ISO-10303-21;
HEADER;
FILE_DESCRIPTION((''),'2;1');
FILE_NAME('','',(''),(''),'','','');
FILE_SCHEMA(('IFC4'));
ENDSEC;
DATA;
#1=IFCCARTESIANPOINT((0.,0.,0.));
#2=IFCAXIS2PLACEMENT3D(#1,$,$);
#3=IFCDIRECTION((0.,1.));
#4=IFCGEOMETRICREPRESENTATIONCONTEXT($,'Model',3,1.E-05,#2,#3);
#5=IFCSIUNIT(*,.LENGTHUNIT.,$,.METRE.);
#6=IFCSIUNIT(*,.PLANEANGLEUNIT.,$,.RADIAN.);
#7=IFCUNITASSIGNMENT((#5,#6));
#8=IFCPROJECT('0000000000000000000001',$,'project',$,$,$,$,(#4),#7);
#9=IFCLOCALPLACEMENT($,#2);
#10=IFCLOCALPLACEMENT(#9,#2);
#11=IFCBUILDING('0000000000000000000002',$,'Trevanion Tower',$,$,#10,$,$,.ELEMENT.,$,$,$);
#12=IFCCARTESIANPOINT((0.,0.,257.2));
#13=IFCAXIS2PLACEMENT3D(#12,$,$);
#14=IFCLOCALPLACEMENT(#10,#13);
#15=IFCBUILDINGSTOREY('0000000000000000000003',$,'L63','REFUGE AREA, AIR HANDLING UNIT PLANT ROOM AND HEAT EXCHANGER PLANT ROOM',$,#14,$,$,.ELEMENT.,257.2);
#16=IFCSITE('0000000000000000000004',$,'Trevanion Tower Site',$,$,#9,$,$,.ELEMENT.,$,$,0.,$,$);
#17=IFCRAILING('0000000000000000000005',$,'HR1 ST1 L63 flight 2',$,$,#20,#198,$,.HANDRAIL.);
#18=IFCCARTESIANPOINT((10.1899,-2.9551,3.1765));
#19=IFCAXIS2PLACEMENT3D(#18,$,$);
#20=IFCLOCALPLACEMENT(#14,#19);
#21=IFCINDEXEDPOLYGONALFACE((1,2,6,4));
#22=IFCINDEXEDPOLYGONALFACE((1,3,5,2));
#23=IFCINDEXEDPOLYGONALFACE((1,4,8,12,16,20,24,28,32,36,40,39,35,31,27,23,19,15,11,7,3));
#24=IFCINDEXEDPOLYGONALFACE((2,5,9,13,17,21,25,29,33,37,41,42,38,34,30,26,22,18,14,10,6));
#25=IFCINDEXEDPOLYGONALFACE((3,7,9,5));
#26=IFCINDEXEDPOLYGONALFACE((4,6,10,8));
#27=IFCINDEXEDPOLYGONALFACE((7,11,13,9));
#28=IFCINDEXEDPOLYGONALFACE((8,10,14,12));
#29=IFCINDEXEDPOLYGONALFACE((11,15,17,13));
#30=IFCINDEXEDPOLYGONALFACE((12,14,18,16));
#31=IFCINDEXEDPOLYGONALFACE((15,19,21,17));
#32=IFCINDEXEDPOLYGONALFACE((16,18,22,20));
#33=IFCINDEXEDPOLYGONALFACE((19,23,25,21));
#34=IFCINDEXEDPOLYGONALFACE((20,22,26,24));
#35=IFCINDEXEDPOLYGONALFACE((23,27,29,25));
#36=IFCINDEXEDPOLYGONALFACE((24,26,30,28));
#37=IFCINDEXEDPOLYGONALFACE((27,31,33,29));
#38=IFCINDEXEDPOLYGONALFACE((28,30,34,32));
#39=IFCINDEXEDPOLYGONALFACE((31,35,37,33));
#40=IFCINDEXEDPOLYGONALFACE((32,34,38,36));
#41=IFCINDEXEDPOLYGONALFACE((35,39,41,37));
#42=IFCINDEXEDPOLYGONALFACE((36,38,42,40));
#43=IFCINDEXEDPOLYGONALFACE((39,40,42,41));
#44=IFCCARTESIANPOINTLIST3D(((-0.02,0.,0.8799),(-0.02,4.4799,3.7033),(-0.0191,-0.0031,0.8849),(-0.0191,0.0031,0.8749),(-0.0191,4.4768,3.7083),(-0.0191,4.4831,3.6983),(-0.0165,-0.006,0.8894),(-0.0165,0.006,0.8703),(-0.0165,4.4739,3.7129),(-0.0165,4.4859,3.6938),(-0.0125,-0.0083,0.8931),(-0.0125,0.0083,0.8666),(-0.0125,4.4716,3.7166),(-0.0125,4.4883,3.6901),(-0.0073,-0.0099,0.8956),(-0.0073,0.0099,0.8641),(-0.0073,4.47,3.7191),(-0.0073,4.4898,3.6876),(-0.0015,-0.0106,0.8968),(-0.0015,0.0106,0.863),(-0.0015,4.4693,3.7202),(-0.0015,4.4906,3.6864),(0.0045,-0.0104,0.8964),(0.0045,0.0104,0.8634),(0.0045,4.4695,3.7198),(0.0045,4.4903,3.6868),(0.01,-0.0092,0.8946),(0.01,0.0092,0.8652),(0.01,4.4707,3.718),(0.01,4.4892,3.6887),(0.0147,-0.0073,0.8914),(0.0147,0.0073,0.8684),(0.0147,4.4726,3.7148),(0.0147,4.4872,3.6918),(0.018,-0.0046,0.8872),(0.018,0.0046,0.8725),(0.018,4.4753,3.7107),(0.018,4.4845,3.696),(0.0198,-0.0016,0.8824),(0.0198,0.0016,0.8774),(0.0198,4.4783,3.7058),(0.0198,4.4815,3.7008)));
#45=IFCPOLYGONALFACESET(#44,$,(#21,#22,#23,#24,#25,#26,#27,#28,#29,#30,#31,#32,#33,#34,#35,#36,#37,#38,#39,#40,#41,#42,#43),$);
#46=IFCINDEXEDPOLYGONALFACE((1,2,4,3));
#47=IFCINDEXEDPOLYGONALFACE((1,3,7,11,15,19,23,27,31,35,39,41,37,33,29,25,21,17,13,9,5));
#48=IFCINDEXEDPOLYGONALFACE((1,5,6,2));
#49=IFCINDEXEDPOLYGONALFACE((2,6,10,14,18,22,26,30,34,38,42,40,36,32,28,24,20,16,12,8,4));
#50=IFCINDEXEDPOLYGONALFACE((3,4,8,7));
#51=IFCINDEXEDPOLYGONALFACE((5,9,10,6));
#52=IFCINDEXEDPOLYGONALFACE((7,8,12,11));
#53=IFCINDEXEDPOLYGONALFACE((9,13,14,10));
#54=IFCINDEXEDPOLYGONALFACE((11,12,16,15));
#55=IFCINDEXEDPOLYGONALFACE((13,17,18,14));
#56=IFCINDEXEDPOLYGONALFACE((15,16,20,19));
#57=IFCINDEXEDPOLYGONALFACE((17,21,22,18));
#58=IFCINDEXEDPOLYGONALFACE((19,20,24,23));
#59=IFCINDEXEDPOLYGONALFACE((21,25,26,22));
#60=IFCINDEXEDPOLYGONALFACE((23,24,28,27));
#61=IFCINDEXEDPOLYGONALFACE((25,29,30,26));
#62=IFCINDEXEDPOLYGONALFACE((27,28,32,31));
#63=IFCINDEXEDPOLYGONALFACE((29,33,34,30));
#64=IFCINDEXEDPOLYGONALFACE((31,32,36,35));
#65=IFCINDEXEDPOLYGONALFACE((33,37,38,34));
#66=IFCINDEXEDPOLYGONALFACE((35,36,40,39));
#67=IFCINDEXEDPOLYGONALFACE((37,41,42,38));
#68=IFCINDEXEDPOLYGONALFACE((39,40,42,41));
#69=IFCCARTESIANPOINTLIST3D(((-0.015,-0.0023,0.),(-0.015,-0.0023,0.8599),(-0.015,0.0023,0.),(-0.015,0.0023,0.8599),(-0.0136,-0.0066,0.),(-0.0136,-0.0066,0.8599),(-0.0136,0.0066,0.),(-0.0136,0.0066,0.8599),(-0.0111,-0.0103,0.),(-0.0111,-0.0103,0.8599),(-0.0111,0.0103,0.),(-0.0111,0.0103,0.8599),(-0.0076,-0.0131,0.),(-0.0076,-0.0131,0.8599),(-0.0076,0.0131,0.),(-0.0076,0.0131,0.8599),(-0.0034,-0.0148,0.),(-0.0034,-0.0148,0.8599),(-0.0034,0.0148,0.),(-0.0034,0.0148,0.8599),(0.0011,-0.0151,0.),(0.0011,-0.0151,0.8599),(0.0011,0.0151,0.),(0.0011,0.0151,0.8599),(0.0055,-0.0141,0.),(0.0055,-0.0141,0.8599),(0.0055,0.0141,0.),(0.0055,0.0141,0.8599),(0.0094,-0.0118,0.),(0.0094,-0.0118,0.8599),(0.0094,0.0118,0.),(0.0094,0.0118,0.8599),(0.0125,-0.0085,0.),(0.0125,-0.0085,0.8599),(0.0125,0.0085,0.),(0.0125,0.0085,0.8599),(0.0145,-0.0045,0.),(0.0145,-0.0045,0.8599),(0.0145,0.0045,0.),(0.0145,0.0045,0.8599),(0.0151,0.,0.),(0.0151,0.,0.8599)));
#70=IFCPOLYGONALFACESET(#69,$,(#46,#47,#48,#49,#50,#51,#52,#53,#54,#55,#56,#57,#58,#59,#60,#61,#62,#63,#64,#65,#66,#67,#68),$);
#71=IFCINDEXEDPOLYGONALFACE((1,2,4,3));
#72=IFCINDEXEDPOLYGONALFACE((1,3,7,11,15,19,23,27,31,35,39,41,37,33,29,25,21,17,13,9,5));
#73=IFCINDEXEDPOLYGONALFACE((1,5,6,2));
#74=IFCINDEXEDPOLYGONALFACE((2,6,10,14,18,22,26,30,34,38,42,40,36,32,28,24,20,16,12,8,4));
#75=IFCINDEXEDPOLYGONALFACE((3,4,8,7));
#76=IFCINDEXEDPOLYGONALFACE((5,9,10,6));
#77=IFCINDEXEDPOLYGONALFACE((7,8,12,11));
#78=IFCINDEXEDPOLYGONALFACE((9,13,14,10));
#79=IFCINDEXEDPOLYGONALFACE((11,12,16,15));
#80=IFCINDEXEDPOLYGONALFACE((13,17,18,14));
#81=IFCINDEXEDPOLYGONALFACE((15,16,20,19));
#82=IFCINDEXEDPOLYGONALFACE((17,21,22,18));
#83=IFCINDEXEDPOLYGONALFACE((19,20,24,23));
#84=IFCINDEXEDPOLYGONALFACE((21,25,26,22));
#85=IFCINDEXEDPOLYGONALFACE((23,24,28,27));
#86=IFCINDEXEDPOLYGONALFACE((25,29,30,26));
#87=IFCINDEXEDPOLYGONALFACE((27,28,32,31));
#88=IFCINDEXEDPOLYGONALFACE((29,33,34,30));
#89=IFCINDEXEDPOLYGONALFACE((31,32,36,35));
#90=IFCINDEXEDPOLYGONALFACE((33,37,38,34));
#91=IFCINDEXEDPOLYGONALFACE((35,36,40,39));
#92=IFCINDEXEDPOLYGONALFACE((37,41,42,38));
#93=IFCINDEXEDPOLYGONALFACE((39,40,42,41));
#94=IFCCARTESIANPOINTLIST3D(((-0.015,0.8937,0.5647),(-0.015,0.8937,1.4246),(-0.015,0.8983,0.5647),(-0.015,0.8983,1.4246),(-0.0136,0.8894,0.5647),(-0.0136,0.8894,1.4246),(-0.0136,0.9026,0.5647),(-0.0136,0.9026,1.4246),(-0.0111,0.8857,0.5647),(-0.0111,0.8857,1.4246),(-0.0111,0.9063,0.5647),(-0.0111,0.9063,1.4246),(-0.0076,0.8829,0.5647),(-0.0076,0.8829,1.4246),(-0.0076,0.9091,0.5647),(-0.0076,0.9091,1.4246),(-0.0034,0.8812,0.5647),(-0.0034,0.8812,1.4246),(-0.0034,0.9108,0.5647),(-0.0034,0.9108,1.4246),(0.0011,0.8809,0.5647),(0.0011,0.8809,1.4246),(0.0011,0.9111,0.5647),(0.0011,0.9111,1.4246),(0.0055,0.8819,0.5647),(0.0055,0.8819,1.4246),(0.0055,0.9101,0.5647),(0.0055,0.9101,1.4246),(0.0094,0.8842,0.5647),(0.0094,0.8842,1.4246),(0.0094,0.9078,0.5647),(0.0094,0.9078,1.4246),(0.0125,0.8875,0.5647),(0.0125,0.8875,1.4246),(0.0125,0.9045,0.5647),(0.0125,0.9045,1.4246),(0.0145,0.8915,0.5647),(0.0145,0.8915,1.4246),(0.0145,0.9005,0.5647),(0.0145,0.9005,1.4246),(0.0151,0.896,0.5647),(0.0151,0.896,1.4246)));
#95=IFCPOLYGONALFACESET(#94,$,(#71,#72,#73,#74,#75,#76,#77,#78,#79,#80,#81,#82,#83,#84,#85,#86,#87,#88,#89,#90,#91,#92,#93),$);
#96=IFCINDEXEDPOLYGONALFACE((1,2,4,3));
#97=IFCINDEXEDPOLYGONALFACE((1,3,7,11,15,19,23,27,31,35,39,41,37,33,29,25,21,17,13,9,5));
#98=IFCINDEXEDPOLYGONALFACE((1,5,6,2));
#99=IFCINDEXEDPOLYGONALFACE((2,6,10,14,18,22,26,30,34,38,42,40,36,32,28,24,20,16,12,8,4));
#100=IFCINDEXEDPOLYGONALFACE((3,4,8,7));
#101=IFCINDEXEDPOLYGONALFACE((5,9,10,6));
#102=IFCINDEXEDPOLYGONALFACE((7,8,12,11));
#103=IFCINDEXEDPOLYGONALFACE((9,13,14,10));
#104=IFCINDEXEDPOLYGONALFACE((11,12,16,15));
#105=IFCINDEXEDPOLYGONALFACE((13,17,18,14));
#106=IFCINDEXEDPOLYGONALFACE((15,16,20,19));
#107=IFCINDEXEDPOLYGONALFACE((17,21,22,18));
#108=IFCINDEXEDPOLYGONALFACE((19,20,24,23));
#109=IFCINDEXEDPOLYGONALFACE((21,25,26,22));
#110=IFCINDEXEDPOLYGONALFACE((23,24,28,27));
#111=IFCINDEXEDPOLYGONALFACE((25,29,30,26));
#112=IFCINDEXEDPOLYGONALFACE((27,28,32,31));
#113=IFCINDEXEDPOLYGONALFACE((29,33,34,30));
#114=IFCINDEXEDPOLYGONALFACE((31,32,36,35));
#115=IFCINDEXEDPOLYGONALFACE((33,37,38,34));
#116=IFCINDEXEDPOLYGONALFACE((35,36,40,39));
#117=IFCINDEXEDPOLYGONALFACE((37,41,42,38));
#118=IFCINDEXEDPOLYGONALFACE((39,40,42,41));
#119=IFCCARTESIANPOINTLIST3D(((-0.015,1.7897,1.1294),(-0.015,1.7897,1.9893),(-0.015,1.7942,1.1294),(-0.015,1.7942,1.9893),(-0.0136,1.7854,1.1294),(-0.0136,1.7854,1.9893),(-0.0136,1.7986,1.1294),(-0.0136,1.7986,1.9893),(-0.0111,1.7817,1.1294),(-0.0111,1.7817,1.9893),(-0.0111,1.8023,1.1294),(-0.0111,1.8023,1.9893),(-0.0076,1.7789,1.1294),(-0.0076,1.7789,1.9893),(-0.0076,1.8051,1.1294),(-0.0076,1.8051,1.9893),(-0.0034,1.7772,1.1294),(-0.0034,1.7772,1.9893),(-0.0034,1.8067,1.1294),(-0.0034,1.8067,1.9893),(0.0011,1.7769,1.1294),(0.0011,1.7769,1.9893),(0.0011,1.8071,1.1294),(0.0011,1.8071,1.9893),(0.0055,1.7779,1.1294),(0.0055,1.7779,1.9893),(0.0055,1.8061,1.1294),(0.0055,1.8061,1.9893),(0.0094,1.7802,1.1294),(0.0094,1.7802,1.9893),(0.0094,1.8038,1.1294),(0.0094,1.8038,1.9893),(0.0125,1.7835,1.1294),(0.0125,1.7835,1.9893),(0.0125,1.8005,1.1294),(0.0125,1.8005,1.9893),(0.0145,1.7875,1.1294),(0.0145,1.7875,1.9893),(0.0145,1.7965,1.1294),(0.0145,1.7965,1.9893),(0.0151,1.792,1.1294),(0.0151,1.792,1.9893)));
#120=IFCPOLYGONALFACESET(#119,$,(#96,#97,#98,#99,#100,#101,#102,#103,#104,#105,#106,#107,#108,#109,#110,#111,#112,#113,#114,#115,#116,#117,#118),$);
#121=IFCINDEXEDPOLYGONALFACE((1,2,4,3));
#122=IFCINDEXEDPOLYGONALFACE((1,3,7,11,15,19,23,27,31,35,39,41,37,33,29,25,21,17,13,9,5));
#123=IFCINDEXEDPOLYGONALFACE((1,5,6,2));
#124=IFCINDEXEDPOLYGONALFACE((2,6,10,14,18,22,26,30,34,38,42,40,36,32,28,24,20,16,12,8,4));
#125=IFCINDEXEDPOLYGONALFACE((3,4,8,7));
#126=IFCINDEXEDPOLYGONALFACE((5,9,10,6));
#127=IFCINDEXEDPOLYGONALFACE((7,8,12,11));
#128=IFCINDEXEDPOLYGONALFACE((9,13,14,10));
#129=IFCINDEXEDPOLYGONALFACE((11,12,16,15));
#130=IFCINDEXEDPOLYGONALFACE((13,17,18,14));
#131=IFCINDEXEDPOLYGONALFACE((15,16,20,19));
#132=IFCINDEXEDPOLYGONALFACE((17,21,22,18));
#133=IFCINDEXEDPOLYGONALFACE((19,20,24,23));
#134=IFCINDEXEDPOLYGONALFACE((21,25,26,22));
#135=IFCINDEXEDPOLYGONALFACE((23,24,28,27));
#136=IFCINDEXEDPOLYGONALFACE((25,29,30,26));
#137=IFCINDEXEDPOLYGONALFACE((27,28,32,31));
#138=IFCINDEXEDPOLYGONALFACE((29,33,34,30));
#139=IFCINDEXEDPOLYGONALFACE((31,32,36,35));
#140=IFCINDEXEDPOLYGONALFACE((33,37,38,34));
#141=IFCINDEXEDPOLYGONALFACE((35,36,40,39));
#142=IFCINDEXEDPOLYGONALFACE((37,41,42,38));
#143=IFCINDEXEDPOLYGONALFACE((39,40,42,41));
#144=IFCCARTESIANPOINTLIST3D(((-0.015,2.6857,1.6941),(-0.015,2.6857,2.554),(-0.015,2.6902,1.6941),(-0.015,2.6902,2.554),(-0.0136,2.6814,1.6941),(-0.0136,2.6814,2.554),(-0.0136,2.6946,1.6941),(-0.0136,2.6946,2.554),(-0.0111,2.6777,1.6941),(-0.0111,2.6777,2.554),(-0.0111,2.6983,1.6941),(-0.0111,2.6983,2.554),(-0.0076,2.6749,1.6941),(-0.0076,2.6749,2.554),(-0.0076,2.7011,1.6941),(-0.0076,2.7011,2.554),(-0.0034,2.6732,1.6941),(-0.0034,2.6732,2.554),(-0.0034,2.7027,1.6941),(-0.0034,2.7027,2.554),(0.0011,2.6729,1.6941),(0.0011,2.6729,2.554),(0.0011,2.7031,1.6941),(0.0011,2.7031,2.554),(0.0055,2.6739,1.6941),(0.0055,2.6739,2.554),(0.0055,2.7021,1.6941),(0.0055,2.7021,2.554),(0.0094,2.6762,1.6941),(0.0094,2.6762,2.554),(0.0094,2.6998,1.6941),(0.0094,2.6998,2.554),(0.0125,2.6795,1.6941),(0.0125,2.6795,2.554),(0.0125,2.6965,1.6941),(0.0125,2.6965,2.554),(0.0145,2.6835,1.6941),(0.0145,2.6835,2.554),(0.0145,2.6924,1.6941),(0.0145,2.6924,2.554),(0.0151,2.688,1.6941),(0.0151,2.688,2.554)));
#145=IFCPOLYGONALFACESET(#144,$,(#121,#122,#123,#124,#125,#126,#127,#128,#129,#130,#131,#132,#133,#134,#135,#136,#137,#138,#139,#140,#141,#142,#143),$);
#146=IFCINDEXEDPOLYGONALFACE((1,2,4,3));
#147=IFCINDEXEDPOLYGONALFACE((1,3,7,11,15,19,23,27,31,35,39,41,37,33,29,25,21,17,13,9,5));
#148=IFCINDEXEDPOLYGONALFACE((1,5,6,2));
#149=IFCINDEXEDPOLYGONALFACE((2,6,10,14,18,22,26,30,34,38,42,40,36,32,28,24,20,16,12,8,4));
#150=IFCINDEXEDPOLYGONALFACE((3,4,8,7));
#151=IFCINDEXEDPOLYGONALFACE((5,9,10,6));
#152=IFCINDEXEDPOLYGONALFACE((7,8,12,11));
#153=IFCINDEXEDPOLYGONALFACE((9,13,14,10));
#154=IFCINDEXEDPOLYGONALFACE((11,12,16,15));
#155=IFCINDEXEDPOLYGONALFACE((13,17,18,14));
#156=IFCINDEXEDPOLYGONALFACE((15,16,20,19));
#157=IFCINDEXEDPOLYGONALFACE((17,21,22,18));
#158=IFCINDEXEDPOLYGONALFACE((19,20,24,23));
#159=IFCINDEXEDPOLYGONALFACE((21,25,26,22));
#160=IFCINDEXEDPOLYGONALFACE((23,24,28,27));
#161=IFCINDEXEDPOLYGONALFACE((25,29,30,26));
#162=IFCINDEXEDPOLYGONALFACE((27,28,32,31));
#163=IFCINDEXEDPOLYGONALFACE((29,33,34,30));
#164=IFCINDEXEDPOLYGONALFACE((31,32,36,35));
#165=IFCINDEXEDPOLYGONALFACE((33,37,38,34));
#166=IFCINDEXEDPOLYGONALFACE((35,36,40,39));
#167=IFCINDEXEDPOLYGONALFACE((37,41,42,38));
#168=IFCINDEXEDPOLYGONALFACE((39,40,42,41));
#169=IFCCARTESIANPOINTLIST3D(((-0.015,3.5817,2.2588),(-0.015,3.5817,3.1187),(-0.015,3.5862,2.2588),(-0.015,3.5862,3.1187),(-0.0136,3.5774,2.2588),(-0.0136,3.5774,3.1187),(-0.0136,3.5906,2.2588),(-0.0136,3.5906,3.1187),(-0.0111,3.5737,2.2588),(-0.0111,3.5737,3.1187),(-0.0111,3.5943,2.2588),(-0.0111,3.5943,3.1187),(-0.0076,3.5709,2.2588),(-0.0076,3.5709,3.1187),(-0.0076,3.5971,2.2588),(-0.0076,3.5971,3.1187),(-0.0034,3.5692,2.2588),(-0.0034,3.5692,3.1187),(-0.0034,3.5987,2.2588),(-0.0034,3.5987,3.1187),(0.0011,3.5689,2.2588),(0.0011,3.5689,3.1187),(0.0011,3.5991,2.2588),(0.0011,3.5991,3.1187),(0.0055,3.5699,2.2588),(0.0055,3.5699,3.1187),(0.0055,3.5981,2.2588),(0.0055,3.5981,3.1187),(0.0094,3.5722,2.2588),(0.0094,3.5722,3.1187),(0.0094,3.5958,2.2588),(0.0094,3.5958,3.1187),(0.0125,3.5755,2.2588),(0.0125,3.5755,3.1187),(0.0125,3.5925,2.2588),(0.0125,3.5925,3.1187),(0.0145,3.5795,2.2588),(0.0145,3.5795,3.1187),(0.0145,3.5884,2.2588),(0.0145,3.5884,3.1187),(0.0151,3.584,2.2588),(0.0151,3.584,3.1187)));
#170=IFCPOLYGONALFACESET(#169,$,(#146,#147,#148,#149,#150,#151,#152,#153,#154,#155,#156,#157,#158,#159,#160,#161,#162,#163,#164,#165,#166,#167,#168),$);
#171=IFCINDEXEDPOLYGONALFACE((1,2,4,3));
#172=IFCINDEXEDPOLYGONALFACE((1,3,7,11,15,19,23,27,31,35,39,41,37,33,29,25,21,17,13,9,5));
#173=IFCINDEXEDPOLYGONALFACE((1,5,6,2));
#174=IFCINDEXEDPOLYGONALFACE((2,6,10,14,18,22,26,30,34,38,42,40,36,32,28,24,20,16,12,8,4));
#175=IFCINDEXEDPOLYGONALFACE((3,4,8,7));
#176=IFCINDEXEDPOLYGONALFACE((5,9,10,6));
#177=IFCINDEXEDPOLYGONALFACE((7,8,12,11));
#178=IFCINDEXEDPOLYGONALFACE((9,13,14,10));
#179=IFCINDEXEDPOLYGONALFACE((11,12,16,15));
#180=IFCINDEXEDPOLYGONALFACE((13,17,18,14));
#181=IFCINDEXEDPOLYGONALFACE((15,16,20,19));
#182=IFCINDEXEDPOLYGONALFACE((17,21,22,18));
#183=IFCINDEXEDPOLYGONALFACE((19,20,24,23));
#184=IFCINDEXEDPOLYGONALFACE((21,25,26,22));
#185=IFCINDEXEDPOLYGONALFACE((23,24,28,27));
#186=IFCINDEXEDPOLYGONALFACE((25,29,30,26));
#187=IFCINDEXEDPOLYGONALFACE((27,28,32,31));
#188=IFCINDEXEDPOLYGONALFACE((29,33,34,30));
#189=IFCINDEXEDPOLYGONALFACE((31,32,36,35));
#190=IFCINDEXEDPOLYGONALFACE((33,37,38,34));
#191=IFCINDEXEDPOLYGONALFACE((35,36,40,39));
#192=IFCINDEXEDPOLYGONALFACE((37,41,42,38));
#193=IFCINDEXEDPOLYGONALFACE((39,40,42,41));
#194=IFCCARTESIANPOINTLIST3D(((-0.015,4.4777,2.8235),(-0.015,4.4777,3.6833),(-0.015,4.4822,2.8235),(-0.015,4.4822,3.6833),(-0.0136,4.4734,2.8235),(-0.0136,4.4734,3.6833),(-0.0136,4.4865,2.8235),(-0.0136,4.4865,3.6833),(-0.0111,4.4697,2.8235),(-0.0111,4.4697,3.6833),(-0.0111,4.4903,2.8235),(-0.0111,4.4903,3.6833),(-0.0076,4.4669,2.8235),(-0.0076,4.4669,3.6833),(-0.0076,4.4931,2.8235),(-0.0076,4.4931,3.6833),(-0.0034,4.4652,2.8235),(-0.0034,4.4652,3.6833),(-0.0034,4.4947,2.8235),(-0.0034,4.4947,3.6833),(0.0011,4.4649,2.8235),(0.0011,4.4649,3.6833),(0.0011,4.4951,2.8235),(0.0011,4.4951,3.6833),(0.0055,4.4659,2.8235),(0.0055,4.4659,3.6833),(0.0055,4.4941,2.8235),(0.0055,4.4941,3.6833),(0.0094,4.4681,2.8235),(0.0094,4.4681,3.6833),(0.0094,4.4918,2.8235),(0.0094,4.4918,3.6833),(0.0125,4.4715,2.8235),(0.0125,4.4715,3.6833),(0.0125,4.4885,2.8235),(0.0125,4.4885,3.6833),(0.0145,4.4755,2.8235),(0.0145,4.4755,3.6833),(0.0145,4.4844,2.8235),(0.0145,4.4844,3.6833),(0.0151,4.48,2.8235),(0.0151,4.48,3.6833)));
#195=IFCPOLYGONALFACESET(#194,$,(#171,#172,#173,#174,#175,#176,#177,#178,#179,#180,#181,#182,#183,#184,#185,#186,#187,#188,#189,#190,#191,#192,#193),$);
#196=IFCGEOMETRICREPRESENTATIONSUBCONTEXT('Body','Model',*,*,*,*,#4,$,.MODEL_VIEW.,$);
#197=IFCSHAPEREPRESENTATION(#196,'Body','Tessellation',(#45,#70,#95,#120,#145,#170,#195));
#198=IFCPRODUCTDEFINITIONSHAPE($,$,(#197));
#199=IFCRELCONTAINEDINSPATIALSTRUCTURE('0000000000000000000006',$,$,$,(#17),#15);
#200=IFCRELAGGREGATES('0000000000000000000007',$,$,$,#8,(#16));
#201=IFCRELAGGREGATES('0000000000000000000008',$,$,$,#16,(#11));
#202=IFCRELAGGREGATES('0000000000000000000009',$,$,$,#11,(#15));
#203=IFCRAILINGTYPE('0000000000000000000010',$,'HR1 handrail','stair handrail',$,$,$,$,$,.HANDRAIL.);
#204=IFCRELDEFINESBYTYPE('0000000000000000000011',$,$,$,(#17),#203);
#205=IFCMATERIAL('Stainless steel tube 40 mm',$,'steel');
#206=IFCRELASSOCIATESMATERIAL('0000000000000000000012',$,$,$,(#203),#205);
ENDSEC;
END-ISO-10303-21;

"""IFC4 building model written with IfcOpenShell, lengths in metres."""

from ifc_helpers import new_model, si_unit, direction, frame, origin, origin_2d, place, context, subcontext, project, spatial, circle, extrude, material, type_object, element, save


model = new_model("IFC4")

# Units and contexts
model_context = context("Model", 3, precision=1e-05, world=origin(), true_north=direction((0.0, 1.0)))
body_context = subcontext(model_context, "Body", "Model", "MODEL_VIEW")
ifc_project = project(units=[si_unit("LENGTHUNIT", "METRE"), si_unit("PLANEANGLEUNIT", "RADIAN")], contexts=[model_context])

# Site, building, storey
site_placement = place(None, origin())
site = spatial("IfcSite", under=ifc_project, at=site_placement, Name="Trevanion Tower Site", CompositionType="ELEMENT", RefElevation=0.0)
building_placement = place(site_placement, origin())
building = spatial("IfcBuilding", under=site, at=building_placement, Name="Trevanion Tower", CompositionType="ELEMENT")
storey_placement = place(building_placement, frame((0.0, 0.0, 257.2)))
storey = spatial("IfcBuildingStorey", under=building, at=storey_placement, Name="L63", Description="REFUGE AREA, AIR HANDLING UNIT PLANT ROOM AND HEAT EXCHANGER PLANT ROOM", CompositionType="ELEMENT", Elevation=257.2)

# Railing
ifc_material_1 = material(Name="Stainless steel tube 40 mm", Category="steel")
railing_type = type_object("IfcRailingType", Name="HR1 handrail", Description="stair handrail", PredefinedType="HANDRAIL", material=ifc_material_1)
for number, where, name in (
    (1, (10.1899, -2.9551, 3.1765), "HR1 ST1 L63 flight 2"),
):
    element("IfcRailing", number, at=place(storey_placement, frame(where)), inside=storey, type_object=railing_type, Name=name, PredefinedType="HANDRAIL", context=body_context, shape_type="SweptSolid", body=[
        extrude(circle(Radius=0.02, at=origin_2d()), frame((0.0, 0.0, 0.8799), z_axis=(0.0, 0.845998, 0.533186), x_axis=(-1.0, 0.0, 0.0)), (0.0, 0.0, 1.0), 5.2954),
        extrude(circle(Radius=0.0151, at=origin_2d()), origin(), (0.0, 0.0, 1.0), 0.8599),
        extrude(circle(Radius=0.0151, at=origin_2d()), frame((0.0, 0.896, 0.5647)), (0.0, 0.0, 1.0), 0.8599),
        extrude(circle(Radius=0.0151, at=origin_2d()), frame((0.0, 1.792, 1.1294)), (0.0, 0.0, 1.0), 0.8599),
        extrude(circle(Radius=0.0151, at=origin_2d()), frame((0.0, 2.688, 1.6941)), (0.0, 0.0, 1.0), 0.8599),
        extrude(circle(Radius=0.0151, at=origin_2d()), frame((0.0, 3.584, 2.2588)), (0.0, 0.0, 1.0), 0.8599),
        extrude(circle(Radius=0.0151, at=origin_2d()), frame((0.0, 4.48, 2.8235)), (0.0, 0.0, 1.0), 0.8599),
    ])

save(model, "model.ifc")
